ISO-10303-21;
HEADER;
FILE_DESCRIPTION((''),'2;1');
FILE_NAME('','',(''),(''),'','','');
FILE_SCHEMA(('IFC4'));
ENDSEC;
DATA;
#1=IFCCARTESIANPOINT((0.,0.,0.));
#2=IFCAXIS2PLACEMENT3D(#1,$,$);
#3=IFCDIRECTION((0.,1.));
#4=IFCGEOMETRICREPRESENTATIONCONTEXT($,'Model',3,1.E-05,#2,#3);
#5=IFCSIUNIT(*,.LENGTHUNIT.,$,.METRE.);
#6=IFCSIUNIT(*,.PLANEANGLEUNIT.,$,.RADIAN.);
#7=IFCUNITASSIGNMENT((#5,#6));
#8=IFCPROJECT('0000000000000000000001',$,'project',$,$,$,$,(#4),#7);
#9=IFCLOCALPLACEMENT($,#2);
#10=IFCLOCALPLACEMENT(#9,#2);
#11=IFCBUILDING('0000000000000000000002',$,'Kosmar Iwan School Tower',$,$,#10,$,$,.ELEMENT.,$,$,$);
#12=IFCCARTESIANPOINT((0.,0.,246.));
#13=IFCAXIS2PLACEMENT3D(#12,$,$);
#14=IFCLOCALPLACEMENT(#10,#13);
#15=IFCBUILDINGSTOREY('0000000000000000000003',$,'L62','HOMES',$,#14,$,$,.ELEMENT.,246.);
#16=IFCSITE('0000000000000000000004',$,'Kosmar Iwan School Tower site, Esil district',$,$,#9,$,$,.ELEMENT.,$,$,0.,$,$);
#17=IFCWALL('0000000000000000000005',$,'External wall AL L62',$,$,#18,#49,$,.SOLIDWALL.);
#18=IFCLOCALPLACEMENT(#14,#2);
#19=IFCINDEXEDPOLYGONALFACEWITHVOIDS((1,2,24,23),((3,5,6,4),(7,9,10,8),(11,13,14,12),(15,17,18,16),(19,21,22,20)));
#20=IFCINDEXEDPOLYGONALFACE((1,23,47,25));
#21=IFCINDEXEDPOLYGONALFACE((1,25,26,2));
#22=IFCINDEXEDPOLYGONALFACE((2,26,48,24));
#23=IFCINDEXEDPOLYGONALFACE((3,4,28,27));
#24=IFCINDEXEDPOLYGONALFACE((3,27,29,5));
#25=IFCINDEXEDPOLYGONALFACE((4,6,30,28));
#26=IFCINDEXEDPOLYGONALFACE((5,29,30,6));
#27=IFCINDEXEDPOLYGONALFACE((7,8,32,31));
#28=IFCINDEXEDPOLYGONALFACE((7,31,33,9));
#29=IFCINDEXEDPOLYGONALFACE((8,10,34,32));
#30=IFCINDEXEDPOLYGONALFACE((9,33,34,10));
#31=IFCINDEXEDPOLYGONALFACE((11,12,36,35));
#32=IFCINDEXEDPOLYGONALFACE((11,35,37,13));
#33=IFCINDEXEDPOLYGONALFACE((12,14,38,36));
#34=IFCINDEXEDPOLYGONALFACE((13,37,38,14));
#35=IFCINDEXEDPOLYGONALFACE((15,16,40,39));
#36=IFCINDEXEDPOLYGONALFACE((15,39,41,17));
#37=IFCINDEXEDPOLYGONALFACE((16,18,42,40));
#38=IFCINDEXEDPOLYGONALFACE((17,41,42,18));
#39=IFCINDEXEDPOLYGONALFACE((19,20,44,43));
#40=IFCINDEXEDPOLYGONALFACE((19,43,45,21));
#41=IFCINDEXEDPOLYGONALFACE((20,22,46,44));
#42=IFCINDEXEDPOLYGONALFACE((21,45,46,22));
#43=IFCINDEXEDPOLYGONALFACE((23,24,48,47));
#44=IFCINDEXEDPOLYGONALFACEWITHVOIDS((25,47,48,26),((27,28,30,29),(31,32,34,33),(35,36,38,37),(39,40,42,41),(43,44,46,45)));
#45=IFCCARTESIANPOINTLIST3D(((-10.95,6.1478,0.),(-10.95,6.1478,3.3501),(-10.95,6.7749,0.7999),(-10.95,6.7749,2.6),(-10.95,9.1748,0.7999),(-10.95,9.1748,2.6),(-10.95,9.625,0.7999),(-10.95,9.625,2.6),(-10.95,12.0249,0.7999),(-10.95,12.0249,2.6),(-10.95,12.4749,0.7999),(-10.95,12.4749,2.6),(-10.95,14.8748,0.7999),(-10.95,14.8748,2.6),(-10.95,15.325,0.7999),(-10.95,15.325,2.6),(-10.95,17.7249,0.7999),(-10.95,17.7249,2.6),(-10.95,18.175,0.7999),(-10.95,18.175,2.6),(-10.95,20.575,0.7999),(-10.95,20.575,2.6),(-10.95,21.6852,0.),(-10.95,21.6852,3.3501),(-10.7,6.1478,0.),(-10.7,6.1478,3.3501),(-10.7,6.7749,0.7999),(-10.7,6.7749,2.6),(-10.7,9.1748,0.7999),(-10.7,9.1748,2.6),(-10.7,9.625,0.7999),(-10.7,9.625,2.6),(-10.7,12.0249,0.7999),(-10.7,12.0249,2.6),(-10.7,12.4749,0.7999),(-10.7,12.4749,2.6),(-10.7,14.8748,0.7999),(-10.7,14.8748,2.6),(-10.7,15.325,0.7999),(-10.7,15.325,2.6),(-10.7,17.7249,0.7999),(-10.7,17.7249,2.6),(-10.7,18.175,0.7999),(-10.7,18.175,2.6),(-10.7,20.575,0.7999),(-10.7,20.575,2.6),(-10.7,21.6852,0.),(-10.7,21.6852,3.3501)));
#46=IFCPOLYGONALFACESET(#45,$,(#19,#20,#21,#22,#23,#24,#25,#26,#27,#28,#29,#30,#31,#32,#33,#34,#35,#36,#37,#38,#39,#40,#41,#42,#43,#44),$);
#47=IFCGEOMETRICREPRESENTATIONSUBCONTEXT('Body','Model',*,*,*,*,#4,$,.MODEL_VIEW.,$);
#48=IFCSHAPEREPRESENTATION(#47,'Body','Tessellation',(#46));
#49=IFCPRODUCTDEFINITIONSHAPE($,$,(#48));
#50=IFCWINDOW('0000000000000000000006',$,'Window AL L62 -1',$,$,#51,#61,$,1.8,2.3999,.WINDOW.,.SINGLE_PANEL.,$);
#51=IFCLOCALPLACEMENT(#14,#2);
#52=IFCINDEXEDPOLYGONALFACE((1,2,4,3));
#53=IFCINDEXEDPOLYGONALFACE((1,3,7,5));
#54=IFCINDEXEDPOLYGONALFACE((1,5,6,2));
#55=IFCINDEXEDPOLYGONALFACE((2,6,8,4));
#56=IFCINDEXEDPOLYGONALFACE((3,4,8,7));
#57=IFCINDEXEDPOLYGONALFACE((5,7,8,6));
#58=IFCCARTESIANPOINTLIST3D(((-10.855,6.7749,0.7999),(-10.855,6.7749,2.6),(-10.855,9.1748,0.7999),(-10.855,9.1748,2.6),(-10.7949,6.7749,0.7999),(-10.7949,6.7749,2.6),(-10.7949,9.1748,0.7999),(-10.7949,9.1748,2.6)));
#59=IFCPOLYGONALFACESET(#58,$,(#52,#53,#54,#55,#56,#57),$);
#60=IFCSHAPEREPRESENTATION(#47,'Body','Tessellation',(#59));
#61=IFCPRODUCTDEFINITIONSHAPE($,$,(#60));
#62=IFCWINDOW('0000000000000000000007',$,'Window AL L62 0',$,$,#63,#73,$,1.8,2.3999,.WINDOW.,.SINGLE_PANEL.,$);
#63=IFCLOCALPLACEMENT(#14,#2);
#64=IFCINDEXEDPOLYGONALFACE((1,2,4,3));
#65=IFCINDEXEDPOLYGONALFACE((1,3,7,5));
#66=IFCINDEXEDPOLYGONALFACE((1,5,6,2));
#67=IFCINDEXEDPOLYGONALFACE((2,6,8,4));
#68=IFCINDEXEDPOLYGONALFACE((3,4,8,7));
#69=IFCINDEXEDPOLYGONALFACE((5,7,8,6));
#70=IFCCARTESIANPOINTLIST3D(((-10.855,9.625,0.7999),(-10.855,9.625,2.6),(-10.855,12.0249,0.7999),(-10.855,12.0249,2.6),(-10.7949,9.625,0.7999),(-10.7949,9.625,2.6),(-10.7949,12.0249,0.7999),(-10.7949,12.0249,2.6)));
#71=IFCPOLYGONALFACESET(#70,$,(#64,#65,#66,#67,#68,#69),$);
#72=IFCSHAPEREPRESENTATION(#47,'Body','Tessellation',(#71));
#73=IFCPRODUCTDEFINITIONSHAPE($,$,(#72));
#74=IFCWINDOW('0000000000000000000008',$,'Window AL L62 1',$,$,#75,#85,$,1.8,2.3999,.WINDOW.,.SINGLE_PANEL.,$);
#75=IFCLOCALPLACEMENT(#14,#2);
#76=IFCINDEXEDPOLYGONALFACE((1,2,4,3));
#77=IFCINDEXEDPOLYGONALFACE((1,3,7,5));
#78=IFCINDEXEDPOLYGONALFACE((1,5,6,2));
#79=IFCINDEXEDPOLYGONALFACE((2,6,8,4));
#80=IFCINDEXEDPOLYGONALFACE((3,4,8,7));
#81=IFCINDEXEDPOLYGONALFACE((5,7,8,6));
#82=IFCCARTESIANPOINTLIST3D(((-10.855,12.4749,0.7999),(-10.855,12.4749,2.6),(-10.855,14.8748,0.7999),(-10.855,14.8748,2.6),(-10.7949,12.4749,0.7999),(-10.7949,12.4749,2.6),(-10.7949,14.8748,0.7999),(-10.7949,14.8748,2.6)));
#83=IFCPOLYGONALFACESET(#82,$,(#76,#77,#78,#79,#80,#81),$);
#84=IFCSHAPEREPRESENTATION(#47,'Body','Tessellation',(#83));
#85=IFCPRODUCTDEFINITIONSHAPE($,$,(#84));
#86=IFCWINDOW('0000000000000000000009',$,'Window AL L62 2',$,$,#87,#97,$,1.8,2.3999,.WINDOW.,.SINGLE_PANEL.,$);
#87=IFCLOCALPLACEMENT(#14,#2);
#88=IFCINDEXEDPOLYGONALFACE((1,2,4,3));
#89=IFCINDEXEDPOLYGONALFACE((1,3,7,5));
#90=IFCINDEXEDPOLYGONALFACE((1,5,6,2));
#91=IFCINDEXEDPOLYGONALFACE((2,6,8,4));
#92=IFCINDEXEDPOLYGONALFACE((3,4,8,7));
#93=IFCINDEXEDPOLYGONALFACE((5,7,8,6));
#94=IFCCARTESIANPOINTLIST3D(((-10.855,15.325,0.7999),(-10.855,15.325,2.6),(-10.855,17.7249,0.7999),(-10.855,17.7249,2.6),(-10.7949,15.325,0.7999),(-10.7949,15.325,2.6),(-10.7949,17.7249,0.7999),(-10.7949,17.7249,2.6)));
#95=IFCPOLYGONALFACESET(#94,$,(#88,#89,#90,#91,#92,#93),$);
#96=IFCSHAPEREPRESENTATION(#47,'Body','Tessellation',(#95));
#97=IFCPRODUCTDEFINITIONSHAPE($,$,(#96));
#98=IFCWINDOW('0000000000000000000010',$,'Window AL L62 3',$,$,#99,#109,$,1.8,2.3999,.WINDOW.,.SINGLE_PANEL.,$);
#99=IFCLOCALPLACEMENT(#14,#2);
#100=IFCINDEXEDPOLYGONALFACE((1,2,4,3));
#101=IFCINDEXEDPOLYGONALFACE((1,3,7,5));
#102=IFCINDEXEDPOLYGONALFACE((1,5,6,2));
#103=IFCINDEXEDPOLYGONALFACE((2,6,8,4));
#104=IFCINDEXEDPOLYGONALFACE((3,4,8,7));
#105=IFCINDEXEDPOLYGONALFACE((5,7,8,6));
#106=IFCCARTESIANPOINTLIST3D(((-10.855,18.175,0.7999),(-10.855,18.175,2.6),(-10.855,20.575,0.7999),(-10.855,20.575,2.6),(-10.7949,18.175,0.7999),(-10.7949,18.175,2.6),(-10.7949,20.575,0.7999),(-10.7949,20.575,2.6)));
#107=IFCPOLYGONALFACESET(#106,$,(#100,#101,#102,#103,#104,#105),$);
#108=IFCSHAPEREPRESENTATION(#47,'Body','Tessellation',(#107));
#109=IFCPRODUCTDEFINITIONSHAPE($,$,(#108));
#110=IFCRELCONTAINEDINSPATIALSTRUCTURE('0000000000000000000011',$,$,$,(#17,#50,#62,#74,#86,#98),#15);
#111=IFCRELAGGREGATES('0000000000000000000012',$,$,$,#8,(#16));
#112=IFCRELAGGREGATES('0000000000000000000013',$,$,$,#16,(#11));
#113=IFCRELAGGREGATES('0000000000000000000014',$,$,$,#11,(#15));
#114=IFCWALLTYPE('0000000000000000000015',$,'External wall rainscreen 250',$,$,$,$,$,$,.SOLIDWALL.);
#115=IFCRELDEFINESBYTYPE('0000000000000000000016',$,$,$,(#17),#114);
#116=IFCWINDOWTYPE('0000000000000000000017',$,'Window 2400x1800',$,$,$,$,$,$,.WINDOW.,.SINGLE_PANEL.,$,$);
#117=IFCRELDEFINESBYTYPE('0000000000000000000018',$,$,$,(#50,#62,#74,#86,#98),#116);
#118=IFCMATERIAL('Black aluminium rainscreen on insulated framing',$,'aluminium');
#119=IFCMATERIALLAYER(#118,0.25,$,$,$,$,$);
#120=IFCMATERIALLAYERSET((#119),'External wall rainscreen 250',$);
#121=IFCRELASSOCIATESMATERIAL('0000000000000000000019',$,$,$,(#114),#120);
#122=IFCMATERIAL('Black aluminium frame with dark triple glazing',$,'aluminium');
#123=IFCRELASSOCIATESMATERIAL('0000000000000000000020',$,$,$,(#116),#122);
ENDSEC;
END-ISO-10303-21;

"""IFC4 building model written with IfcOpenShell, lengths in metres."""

from ifc_helpers import new_model, si_unit, direction, frame, frame_2d, origin, place, context, subcontext, project, spatial, rectangle, extrude, material, layer, layer_set, type_object, element, fill, save


model = new_model("IFC4")

# Units and contexts
model_context = context("Model", 3, precision=1e-05, world=origin(), true_north=direction((0.0, 1.0)))
body_context = subcontext(model_context, "Body", "Model", "MODEL_VIEW")
ifc_project = project(units=[si_unit("LENGTHUNIT", "METRE"), si_unit("PLANEANGLEUNIT", "RADIAN")], contexts=[model_context])

# Site, building, storey
site_placement = place(None, origin())
site = spatial("IfcSite", under=ifc_project, at=site_placement, Name="Kosmar Iwan School Tower site, Esil district", CompositionType="ELEMENT", RefElevation=0.0)
building_placement = place(site_placement, origin())
building = spatial("IfcBuilding", under=site, at=building_placement, Name="Kosmar Iwan School Tower", CompositionType="ELEMENT")
storey_placement = place(building_placement, frame((0.0, 0.0, 246.0)))
storey = spatial("IfcBuildingStorey", under=building, at=storey_placement, Name="L62", Description="HOMES", CompositionType="ELEMENT", Elevation=246.0)

# Wall, openings, windows
ifc_material_1 = material(Name="Black aluminium rainscreen on insulated framing", Category="aluminium")
ifc_layer_1 = layer(ifc_material_1, 0.25)
ifc_layer_set_1 = layer_set([ifc_layer_1], Name="External wall rainscreen 250")
wall_type_1 = type_object("IfcWallType", Name="External wall rainscreen 250", PredefinedType="SOLIDWALL", material=ifc_layer_set_1)
wall_1_placement = place(storey_placement, frame((-10.825, 6.1479, 0.0), z_axis=(0.0, 0.0, 1.0), x_axis=(0.0, 1.0, 0.0)))
wall_1 = element("IfcWall", 1, at=wall_1_placement, inside=storey, type_object=wall_type_1, Name="External wall AL L62", PredefinedType="SOLIDWALL", context=body_context, shape_type="SweptSolid", body=[
    extrude(rectangle(XDim=15.5374, YDim=0.25, at=frame_2d((7.7686, 0.0))), origin(), (0.0, 0.0, 1.0), 3.3501),
])
opening_1_placement = place(wall_1_placement, frame((0.627, 0.0, 0.8)))
opening_1 = element("IfcOpeningElement", 2, at=opening_1_placement, cuts=wall_1, PredefinedType="OPENING", context=body_context, shape_type="SweptSolid", body=[
    extrude(rectangle(XDim=2.3999, YDim=1.8, at=frame_2d((1.2, 0.8999))), frame((0.0, 0.137, 0.0), z_axis=(0.0, -1.0, 0.0), x_axis=(1.0, 0.0, 0.0)), (0.0, 0.0, 1.0), 0.2739),
])
opening_2_placement = place(wall_1_placement, frame((3.4771, 0.0, 0.8)))
opening_2 = element("IfcOpeningElement", 3, at=opening_2_placement, cuts=wall_1, PredefinedType="OPENING", context=body_context, shape_type="SweptSolid", body=[
    extrude(rectangle(XDim=2.3999, YDim=1.8, at=frame_2d((1.2, 0.8999))), frame((0.0, 0.137, 0.0), z_axis=(0.0, -1.0, 0.0), x_axis=(1.0, 0.0, 0.0)), (0.0, 0.0, 1.0), 0.2739),
])
opening_3_placement = place(wall_1_placement, frame((6.3269, 0.0, 0.8)))
opening_3 = element("IfcOpeningElement", 4, at=opening_3_placement, cuts=wall_1, PredefinedType="OPENING", context=body_context, shape_type="SweptSolid", body=[
    extrude(rectangle(XDim=2.3999, YDim=1.8, at=frame_2d((1.2, 0.8999))), frame((0.0, 0.137, 0.0), z_axis=(0.0, -1.0, 0.0), x_axis=(1.0, 0.0, 0.0)), (0.0, 0.0, 1.0), 0.2739),
])
opening_4_placement = place(wall_1_placement, frame((9.177, 0.0, 0.8)))
opening_4 = element("IfcOpeningElement", 5, at=opening_4_placement, cuts=wall_1, PredefinedType="OPENING", context=body_context, shape_type="SweptSolid", body=[
    extrude(rectangle(XDim=2.3999, YDim=1.8, at=frame_2d((1.2, 0.8999))), frame((0.0, 0.137, 0.0), z_axis=(0.0, -1.0, 0.0), x_axis=(1.0, 0.0, 0.0)), (0.0, 0.0, 1.0), 0.2739),
])
opening_5_placement = place(wall_1_placement, frame((12.0271, 0.0, 0.8)))
opening_5 = element("IfcOpeningElement", 6, at=opening_5_placement, cuts=wall_1, PredefinedType="OPENING", context=body_context, shape_type="SweptSolid", body=[
    extrude(rectangle(XDim=2.3999, YDim=1.8, at=frame_2d((1.2, 0.8999))), frame((0.0, 0.137, 0.0), z_axis=(0.0, -1.0, 0.0), x_axis=(1.0, 0.0, 0.0)), (0.0, 0.0, 1.0), 0.2739),
])
ifc_material_2 = material(Name="Black aluminium frame with dark triple glazing", Category="aluminium")
window_type = type_object("IfcWindowType", Name="Window 2400x1800", PartitioningType="SINGLE_PANEL", PredefinedType="WINDOW", material=ifc_material_2)
window_1_placement = place(opening_1_placement, origin())
window_1 = element("IfcWindow", 7, at=window_1_placement, inside=storey, type_object=window_type, Name="Window AL L62 -1", OverallHeight=1.8, OverallWidth=2.3999, PartitioningType="SINGLE_PANEL", PredefinedType="WINDOW", context=body_context, shape_type="SweptSolid", body=[
    extrude(rectangle(XDim=2.3999, YDim=1.8, at=frame_2d((1.2, 0.8999))), frame((0.0, 0.03, 0.0), z_axis=(0.0, -1.0, 0.0), x_axis=(1.0, 0.0, 0.0)), (0.0, 0.0, 1.0), 0.0601),
])
fill(opening_1, window_1)
window_2_placement = place(opening_2_placement, origin())
window_2 = element("IfcWindow", 8, at=window_2_placement, inside=storey, type_object=window_type, Name="Window AL L62 0", OverallHeight=1.8, OverallWidth=2.3999, PartitioningType="SINGLE_PANEL", PredefinedType="WINDOW", context=body_context, shape_type="SweptSolid", body=[
    extrude(rectangle(XDim=2.3999, YDim=1.8, at=frame_2d((1.2, 0.8999))), frame((0.0, 0.03, 0.0), z_axis=(0.0, -1.0, 0.0), x_axis=(1.0, 0.0, 0.0)), (0.0, 0.0, 1.0), 0.0601),
])
fill(opening_2, window_2)
window_3_placement = place(opening_3_placement, origin())
window_3 = element("IfcWindow", 9, at=window_3_placement, inside=storey, type_object=window_type, Name="Window AL L62 1", OverallHeight=1.8, OverallWidth=2.3999, PartitioningType="SINGLE_PANEL", PredefinedType="WINDOW", context=body_context, shape_type="SweptSolid", body=[
    extrude(rectangle(XDim=2.3999, YDim=1.8, at=frame_2d((1.2, 0.8999))), frame((0.0, 0.03, 0.0), z_axis=(0.0, -1.0, 0.0), x_axis=(1.0, 0.0, 0.0)), (0.0, 0.0, 1.0), 0.0601),
])
fill(opening_3, window_3)
window_4_placement = place(opening_4_placement, origin())
window_4 = element("IfcWindow", 10, at=window_4_placement, inside=storey, type_object=window_type, Name="Window AL L62 2", OverallHeight=1.8, OverallWidth=2.3999, PartitioningType="SINGLE_PANEL", PredefinedType="WINDOW", context=body_context, shape_type="SweptSolid", body=[
    extrude(rectangle(XDim=2.3999, YDim=1.8, at=frame_2d((1.2, 0.8999))), frame((0.0, 0.03, 0.0), z_axis=(0.0, -1.0, 0.0), x_axis=(1.0, 0.0, 0.0)), (0.0, 0.0, 1.0), 0.0601),
])
fill(opening_4, window_4)
window_5_placement = place(opening_5_placement, origin())
window_5 = element("IfcWindow", 11, at=window_5_placement, inside=storey, type_object=window_type, Name="Window AL L62 3", OverallHeight=1.8, OverallWidth=2.3999, PartitioningType="SINGLE_PANEL", PredefinedType="WINDOW", context=body_context, shape_type="SweptSolid", body=[
    extrude(rectangle(XDim=2.3999, YDim=1.8, at=frame_2d((1.2, 0.8999))), frame((0.0, 0.03, 0.0), z_axis=(0.0, -1.0, 0.0), x_axis=(1.0, 0.0, 0.0)), (0.0, 0.0, 1.0), 0.0601),
])
fill(opening_5, window_5)

save(model, "model.ifc")
